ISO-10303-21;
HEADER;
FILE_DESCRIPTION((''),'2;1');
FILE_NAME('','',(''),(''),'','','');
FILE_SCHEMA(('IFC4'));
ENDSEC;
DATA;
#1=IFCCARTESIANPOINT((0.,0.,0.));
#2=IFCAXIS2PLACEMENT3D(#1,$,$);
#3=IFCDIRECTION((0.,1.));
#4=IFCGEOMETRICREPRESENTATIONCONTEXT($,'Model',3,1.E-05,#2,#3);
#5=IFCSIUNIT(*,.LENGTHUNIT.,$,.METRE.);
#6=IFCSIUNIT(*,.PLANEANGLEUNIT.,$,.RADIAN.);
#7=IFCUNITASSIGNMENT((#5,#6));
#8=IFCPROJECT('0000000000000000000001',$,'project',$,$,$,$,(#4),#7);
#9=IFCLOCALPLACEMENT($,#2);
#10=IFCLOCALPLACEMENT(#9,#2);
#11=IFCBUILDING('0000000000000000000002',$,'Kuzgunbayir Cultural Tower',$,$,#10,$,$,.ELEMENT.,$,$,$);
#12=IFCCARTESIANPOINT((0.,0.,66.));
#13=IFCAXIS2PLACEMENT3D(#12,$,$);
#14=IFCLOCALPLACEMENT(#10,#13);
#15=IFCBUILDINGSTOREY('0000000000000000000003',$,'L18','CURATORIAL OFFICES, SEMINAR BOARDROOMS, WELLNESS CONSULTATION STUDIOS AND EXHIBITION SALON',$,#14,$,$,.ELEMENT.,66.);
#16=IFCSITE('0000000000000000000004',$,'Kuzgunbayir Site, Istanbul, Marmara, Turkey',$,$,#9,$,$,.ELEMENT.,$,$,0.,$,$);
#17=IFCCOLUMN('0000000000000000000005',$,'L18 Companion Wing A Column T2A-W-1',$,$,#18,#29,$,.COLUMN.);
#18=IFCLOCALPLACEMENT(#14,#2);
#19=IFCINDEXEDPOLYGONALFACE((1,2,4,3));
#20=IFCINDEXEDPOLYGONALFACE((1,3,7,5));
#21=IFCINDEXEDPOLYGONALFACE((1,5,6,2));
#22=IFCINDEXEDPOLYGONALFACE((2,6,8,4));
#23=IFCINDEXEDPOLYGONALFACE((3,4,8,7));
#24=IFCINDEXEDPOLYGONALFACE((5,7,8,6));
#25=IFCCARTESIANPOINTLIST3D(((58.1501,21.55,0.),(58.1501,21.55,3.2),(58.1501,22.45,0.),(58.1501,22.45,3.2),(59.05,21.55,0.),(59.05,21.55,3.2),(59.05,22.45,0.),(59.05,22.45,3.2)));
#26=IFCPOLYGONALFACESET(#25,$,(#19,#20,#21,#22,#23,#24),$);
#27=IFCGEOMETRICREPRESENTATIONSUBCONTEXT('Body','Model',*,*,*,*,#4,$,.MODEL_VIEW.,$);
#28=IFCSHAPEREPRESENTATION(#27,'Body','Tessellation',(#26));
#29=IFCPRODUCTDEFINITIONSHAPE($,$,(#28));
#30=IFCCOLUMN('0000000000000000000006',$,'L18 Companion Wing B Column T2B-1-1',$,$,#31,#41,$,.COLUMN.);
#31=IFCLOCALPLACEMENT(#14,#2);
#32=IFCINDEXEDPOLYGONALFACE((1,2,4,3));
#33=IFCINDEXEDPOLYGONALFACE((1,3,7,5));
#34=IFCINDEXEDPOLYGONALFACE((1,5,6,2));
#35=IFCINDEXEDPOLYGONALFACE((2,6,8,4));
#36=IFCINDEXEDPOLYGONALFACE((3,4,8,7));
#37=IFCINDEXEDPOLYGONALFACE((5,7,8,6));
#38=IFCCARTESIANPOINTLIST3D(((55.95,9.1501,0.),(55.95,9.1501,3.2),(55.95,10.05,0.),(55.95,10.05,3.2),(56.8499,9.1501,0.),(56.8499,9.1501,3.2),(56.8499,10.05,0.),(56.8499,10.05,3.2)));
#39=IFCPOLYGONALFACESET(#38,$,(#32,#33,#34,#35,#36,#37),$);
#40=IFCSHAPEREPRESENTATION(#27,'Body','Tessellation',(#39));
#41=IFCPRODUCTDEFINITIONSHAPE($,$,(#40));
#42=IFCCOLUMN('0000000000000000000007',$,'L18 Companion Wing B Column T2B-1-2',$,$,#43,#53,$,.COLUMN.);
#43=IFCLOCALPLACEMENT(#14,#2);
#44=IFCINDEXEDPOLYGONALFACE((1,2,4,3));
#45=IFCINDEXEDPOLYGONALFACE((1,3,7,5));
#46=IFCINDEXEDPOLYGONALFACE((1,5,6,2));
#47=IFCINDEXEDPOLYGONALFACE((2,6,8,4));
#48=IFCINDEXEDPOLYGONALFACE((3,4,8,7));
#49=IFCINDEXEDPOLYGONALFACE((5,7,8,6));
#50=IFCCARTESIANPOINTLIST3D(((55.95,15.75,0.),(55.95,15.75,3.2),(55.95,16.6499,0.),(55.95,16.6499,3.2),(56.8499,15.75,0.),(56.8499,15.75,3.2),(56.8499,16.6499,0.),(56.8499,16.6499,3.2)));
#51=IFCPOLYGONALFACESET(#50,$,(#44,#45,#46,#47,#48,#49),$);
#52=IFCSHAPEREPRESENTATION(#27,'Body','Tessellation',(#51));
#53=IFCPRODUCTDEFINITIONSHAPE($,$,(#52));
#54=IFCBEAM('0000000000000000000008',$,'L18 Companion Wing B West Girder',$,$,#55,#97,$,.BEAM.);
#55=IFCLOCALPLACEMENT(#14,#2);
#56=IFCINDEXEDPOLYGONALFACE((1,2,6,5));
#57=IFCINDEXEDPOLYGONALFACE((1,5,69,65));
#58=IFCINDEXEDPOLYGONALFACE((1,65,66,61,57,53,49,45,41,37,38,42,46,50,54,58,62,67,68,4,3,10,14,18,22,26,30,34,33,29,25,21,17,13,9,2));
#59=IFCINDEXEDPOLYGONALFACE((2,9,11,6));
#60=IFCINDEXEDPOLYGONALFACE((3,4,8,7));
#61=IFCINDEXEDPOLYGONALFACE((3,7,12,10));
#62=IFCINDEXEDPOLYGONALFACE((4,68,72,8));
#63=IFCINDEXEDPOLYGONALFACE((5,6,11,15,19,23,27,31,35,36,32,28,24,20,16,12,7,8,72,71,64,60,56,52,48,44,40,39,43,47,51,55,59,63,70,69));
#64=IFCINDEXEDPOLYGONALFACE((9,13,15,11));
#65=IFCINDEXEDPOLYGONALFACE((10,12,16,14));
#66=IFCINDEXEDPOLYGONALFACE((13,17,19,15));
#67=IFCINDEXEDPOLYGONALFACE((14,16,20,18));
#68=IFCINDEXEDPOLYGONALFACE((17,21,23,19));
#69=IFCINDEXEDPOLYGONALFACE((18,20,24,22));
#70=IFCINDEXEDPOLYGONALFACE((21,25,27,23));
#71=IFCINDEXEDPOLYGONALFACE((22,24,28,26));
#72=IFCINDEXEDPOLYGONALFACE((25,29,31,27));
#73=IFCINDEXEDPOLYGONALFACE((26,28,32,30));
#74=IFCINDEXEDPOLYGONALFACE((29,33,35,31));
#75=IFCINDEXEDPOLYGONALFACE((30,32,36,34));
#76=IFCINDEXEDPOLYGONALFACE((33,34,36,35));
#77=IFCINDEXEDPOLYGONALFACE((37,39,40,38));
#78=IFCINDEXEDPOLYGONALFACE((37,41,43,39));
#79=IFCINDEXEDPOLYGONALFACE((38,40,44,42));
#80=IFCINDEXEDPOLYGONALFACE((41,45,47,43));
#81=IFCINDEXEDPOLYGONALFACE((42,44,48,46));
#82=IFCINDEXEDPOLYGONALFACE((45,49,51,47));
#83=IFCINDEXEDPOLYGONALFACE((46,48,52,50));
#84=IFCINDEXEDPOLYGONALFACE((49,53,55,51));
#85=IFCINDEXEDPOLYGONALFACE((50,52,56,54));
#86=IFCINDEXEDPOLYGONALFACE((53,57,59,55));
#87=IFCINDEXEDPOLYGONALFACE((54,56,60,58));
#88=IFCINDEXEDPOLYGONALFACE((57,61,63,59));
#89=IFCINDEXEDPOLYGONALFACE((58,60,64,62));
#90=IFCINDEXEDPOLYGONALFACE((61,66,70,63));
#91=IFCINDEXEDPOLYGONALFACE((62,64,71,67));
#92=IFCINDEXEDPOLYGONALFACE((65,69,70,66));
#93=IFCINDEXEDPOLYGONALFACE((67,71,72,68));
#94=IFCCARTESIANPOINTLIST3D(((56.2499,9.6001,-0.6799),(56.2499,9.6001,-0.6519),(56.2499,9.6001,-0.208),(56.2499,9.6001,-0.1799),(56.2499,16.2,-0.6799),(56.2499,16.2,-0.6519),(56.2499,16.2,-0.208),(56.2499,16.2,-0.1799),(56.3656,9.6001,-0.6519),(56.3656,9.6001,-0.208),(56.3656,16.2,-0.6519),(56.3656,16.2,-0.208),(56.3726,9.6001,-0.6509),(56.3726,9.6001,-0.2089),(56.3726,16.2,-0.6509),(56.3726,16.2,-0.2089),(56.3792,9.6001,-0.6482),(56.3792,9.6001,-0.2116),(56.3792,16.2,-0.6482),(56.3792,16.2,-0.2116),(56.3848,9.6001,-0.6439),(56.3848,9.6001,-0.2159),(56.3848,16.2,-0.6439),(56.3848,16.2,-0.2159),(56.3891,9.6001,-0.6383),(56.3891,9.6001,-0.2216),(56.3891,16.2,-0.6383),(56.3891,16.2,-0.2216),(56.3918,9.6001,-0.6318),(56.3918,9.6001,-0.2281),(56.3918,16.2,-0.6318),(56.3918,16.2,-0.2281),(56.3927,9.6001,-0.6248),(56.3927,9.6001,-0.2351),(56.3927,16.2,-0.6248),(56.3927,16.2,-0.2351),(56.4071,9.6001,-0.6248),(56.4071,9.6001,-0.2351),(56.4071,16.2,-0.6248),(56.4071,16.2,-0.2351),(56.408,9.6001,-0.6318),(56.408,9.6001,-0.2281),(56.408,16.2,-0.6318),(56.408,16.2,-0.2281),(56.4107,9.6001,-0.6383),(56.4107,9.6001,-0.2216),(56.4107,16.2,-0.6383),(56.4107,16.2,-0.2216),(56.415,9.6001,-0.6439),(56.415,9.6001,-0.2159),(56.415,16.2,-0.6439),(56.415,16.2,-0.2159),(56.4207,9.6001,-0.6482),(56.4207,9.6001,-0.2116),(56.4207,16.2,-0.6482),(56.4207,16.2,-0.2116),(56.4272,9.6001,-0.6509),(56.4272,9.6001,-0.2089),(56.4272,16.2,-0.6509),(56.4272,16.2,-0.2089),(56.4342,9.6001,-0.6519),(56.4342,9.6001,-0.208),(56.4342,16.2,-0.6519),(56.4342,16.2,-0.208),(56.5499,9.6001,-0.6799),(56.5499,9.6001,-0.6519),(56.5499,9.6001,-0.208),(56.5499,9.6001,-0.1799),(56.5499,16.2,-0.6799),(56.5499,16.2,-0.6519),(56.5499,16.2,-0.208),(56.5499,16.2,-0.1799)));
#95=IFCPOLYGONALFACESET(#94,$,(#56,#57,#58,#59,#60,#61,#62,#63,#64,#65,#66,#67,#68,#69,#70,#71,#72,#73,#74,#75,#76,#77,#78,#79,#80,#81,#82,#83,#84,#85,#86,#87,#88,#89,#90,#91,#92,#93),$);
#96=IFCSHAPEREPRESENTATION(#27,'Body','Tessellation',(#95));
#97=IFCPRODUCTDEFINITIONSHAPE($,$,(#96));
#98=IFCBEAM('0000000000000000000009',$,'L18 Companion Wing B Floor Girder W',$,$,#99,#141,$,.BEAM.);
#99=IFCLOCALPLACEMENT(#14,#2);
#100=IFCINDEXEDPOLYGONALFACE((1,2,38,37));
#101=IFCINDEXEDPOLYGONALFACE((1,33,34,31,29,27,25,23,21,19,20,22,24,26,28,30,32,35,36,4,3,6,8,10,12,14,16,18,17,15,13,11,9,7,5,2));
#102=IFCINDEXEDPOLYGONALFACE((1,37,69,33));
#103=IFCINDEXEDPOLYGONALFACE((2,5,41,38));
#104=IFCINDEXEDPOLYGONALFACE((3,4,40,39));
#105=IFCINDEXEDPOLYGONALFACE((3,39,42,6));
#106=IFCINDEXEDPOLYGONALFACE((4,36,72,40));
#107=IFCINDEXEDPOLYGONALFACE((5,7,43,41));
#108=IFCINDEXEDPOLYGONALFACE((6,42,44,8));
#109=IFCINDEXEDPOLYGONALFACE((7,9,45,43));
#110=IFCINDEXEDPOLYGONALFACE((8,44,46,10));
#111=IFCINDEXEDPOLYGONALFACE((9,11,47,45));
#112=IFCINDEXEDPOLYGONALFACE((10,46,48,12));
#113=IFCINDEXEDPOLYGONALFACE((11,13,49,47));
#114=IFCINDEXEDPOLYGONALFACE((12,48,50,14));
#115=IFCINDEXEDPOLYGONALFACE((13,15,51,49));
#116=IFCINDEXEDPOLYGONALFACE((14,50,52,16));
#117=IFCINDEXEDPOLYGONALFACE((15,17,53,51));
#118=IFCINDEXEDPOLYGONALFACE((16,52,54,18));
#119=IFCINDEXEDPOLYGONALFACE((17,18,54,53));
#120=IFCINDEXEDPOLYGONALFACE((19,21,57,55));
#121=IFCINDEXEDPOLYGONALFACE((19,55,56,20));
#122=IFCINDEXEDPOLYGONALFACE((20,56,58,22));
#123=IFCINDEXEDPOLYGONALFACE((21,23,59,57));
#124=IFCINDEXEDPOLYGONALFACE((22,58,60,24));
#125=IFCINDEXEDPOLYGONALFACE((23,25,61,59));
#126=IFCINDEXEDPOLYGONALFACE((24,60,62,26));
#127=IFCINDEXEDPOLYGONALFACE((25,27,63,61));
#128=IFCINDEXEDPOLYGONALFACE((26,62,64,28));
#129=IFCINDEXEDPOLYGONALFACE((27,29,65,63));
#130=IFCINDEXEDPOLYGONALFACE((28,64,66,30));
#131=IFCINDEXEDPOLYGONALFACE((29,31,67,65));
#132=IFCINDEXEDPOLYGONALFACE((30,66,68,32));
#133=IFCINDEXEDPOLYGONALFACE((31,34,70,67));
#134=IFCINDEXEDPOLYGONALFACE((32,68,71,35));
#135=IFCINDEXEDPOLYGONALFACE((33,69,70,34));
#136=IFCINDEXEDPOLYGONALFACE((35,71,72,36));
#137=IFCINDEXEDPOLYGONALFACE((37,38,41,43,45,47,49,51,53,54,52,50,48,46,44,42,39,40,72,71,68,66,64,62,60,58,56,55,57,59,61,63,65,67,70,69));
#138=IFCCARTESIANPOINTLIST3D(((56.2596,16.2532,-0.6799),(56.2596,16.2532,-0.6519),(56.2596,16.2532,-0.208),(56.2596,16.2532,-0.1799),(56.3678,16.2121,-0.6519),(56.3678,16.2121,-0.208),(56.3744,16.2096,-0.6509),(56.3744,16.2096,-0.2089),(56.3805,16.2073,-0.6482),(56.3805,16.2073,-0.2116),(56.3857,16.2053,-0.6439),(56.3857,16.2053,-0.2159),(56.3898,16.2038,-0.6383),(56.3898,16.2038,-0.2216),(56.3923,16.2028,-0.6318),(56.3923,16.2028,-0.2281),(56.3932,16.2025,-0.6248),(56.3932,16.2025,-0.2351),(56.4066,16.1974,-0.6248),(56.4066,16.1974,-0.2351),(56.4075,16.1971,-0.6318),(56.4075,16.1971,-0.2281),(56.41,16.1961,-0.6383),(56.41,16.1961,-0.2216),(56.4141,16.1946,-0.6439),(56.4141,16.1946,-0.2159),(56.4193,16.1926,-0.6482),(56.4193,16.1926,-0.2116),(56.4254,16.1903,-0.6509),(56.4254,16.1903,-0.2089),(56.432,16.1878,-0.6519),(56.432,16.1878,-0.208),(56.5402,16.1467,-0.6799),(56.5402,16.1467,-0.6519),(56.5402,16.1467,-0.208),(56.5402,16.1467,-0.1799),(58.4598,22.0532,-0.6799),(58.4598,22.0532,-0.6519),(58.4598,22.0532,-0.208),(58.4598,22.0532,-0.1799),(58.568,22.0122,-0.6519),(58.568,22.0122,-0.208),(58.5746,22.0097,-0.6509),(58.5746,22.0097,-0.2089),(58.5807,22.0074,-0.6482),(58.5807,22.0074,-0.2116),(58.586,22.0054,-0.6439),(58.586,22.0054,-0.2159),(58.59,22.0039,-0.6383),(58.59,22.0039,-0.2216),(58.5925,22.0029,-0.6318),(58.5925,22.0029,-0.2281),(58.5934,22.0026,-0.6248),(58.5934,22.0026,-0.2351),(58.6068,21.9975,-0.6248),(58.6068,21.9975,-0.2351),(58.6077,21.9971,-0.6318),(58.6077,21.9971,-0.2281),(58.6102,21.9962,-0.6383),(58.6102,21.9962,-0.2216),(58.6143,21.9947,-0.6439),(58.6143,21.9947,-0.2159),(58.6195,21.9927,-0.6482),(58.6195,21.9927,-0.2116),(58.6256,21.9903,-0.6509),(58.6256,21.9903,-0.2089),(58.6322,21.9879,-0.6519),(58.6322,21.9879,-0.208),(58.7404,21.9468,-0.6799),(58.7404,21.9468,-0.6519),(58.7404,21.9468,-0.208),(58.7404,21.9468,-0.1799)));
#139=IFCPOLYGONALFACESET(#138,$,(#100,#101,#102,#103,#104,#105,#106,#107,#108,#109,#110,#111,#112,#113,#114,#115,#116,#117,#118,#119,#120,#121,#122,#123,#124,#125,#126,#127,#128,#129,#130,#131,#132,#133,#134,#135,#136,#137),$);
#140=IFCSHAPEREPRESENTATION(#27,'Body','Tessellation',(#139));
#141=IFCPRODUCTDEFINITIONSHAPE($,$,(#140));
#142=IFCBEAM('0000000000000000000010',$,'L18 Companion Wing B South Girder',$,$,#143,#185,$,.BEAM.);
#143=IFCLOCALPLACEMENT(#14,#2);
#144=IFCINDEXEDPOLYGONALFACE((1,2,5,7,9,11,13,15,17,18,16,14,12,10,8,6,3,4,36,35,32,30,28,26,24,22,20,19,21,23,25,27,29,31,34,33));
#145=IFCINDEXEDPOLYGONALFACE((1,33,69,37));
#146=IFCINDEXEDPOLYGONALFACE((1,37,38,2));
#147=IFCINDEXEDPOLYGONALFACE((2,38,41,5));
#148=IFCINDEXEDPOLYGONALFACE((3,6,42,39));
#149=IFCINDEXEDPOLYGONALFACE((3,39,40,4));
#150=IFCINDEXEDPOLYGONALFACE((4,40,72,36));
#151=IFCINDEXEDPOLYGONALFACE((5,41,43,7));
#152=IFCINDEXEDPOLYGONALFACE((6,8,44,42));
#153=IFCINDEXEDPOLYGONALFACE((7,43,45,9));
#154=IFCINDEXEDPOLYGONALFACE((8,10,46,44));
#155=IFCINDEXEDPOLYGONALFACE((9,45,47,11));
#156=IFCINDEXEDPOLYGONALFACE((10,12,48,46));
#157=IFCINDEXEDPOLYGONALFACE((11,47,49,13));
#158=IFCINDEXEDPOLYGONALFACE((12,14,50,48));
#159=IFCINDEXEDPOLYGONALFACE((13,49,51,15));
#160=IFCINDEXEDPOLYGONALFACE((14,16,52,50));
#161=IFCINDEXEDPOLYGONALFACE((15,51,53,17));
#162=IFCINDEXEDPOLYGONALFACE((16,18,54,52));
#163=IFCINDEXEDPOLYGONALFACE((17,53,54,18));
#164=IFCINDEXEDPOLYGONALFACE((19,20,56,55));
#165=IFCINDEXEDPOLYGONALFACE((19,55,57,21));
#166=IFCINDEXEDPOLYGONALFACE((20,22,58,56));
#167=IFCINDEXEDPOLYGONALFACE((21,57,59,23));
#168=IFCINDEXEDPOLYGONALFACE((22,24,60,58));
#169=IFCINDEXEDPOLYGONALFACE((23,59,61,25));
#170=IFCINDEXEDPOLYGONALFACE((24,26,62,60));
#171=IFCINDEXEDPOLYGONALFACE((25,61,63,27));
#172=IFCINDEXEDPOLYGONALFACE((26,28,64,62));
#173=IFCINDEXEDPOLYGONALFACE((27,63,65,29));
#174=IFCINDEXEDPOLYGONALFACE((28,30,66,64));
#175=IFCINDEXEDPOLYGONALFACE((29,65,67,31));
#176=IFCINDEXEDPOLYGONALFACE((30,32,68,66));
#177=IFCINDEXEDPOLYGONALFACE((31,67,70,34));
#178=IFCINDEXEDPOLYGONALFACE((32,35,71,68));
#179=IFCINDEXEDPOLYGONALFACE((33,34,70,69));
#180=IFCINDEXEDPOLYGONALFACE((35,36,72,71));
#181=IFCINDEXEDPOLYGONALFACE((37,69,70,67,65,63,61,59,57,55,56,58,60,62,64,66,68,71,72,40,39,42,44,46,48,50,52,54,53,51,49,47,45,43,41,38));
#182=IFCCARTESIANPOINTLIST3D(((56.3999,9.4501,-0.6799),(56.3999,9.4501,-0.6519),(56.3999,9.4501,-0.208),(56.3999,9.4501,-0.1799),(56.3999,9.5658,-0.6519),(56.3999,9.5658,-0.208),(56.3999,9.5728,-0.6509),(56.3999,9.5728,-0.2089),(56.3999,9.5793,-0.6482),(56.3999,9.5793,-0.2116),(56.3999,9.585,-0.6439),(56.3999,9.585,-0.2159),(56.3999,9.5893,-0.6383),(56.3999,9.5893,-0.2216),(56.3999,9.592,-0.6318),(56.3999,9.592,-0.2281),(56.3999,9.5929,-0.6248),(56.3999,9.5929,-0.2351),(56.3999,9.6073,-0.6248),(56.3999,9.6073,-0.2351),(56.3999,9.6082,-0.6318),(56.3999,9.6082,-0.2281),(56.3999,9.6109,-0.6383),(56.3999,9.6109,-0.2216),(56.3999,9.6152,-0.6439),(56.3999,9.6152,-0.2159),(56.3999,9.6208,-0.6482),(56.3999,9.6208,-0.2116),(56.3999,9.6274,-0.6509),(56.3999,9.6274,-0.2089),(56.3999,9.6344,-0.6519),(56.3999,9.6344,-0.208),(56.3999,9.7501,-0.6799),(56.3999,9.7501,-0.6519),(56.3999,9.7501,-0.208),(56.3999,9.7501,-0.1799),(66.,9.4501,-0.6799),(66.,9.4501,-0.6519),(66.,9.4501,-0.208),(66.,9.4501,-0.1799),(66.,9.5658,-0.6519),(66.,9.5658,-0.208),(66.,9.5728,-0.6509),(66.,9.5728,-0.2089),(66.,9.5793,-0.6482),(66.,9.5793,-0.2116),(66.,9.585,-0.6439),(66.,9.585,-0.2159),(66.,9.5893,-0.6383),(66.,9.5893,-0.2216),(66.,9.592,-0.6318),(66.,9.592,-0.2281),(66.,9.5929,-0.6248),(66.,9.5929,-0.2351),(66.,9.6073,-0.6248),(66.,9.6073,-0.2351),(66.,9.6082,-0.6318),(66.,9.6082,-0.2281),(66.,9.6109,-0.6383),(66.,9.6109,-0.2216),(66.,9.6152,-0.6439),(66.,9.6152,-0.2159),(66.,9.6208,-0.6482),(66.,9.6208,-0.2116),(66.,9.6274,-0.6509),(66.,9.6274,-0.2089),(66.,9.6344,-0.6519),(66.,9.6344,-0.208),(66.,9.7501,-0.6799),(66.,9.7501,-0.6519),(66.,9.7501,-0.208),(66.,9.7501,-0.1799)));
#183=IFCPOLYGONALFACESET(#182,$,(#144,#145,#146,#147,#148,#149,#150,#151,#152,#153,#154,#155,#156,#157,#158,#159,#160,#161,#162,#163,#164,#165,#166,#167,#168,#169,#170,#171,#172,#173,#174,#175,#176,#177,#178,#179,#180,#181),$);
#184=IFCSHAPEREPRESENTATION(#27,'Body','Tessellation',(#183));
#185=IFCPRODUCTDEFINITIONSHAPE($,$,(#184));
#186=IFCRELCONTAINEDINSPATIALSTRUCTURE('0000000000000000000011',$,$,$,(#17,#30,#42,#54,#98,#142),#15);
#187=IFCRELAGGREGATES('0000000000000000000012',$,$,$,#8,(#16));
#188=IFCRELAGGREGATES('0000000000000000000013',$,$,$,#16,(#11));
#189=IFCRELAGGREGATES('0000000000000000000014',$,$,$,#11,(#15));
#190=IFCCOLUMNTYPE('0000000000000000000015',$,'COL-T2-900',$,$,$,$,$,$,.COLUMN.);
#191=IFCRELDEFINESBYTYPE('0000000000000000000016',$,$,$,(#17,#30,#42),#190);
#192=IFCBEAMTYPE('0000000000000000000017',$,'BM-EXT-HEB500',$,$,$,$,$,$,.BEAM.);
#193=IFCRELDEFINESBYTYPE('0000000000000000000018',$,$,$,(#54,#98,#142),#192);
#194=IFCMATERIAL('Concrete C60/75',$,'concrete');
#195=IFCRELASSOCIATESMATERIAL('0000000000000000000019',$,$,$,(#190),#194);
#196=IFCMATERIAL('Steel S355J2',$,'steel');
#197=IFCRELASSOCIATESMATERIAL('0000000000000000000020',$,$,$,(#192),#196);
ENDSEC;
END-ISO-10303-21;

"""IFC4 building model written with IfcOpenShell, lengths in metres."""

from ifc_helpers import new_model, si_unit, direction, frame, origin, origin_2d, place, context, subcontext, project, spatial, rectangle, i_section, extrude, material, material_profile, profile_set, type_object, element, save


model = new_model("IFC4")

# Units and contexts
model_context = context("Model", 3, precision=1e-05, world=origin(), true_north=direction((0.0, 1.0)))
body_context = subcontext(model_context, "Body", "Model", "MODEL_VIEW")
ifc_project = project(units=[si_unit("LENGTHUNIT", "METRE"), si_unit("PLANEANGLEUNIT", "RADIAN")], contexts=[model_context])

# Site, building, storey
site_placement = place(None, origin())
site = spatial("IfcSite", under=ifc_project, at=site_placement, Name="Kuzgunbayir Site, Istanbul, Marmara, Turkey", CompositionType="ELEMENT", RefElevation=0.0)
building_placement = place(site_placement, origin())
building = spatial("IfcBuilding", under=site, at=building_placement, Name="Kuzgunbayir Cultural Tower", CompositionType="ELEMENT")
storey_placement = place(building_placement, frame((0.0, 0.0, 66.0)))
storey = spatial("IfcBuildingStorey", under=building, at=storey_placement, Name="L18", Description="CURATORIAL OFFICES, SEMINAR BOARDROOMS, WELLNESS CONSULTATION STUDIOS AND EXHIBITION SALON", CompositionType="ELEMENT", Elevation=66.0)

# Columns
ifc_material_1 = material(Name="Concrete C60/75", Category="concrete")
ifc_material_profile_1 = material_profile(ifc_material_1, rectangle(XDim=0.8999, YDim=0.8999, at=origin_2d()), Name="RC 900x900")
ifc_profile_set_1 = profile_set([ifc_material_profile_1], Name="Concrete C60/75")
column_type = type_object("IfcColumnType", Name="COL-T2-900", PredefinedType="COLUMN", material=ifc_profile_set_1)
for number, where, z_axis, x_axis, name in (
    (1, (58.6001, 22.0, 0.0), (0.0, 0.0, 1.0), (1.0, 0.0, 0.0), "L18 Companion Wing A Column T2A-W-1"),
    (2, (56.3999, 9.6001, 0.0), (0.0, 0.0, 1.0), (1.0, 0.0, 0.0), "L18 Companion Wing B Column T2B-1-1"),
    (3, (56.3999, 16.2, 0.0), (0.0, 0.0, 1.0), (1.0, 0.0, 0.0), "L18 Companion Wing B Column T2B-1-2"),
):
    element("IfcColumn", number, at=place(storey_placement, frame(where, z_axis=z_axis, x_axis=x_axis)), inside=storey, type_object=column_type, Name=name, PredefinedType="COLUMN", context=body_context, shape_type="SweptSolid", body=[
        extrude(rectangle(XDim=0.8999, YDim=0.8999, at=origin_2d()), origin(), (0.0, 0.0, 1.0), 3.2),
    ])

# Beams
ifc_material_2 = material(Name="Steel S355J2", Category="steel")
ifc_material_profile_2 = material_profile(ifc_material_2, i_section(OverallWidth=0.3, OverallDepth=0.5, WebThickness=0.0144, FlangeThickness=0.0281, FilletRadius=0.0271, at=origin_2d()), Name="HEB 500")
ifc_profile_set_2 = profile_set([ifc_material_profile_2], Name="Steel S355J2")
beam_type_1 = type_object("IfcBeamType", Name="BM-EXT-HEB500", PredefinedType="BEAM", material=ifc_profile_set_2)
beam_1_placement = place(storey_placement, frame((56.3999, 9.6001, -0.4299), z_axis=(0.0, 1.0, 0.0), x_axis=(-1.0, 0.0, 0.0)))
element("IfcBeam", 4, at=beam_1_placement, inside=storey, type_object=beam_type_1, Name="L18 Companion Wing B West Girder", PredefinedType="BEAM", context=body_context, shape_type="SweptSolid", body=[
    extrude(i_section(OverallWidth=0.3, OverallDepth=0.5, WebThickness=0.0144, FlangeThickness=0.0281, FilletRadius=0.0271, at=origin_2d()), origin(), (0.0, 0.0, 1.0), 6.5999),
])
beam_2_placement = place(storey_placement, frame((56.3999, 16.2, -0.4299), z_axis=(0.354679, 0.934988, 0.0), x_axis=(-0.934988, 0.354679, 0.0)))
element("IfcBeam", 5, at=beam_2_placement, inside=storey, type_object=beam_type_1, Name="L18 Companion Wing B Floor Girder W", PredefinedType="BEAM", context=body_context, shape_type="SweptSolid", body=[
    extrude(i_section(OverallWidth=0.3, OverallDepth=0.5, WebThickness=0.0144, FlangeThickness=0.0281, FilletRadius=0.0271, at=origin_2d()), origin(), (0.0, 0.0, 1.0), 6.2034),
])
beam_3_placement = place(storey_placement, frame((56.3999, 9.6001, -0.4299), z_axis=(1.0, 0.0, 0.0), x_axis=(0.0, 1.0, 0.0)))
element("IfcBeam", 6, at=beam_3_placement, inside=storey, type_object=beam_type_1, Name="L18 Companion Wing B South Girder", PredefinedType="BEAM", context=body_context, shape_type="SweptSolid", body=[
    extrude(i_section(OverallWidth=0.3, OverallDepth=0.5, WebThickness=0.0144, FlangeThickness=0.0281, FilletRadius=0.0271, at=origin_2d()), origin(), (0.0, 0.0, 1.0), 9.6001),
])

save(model, "model.ifc")
